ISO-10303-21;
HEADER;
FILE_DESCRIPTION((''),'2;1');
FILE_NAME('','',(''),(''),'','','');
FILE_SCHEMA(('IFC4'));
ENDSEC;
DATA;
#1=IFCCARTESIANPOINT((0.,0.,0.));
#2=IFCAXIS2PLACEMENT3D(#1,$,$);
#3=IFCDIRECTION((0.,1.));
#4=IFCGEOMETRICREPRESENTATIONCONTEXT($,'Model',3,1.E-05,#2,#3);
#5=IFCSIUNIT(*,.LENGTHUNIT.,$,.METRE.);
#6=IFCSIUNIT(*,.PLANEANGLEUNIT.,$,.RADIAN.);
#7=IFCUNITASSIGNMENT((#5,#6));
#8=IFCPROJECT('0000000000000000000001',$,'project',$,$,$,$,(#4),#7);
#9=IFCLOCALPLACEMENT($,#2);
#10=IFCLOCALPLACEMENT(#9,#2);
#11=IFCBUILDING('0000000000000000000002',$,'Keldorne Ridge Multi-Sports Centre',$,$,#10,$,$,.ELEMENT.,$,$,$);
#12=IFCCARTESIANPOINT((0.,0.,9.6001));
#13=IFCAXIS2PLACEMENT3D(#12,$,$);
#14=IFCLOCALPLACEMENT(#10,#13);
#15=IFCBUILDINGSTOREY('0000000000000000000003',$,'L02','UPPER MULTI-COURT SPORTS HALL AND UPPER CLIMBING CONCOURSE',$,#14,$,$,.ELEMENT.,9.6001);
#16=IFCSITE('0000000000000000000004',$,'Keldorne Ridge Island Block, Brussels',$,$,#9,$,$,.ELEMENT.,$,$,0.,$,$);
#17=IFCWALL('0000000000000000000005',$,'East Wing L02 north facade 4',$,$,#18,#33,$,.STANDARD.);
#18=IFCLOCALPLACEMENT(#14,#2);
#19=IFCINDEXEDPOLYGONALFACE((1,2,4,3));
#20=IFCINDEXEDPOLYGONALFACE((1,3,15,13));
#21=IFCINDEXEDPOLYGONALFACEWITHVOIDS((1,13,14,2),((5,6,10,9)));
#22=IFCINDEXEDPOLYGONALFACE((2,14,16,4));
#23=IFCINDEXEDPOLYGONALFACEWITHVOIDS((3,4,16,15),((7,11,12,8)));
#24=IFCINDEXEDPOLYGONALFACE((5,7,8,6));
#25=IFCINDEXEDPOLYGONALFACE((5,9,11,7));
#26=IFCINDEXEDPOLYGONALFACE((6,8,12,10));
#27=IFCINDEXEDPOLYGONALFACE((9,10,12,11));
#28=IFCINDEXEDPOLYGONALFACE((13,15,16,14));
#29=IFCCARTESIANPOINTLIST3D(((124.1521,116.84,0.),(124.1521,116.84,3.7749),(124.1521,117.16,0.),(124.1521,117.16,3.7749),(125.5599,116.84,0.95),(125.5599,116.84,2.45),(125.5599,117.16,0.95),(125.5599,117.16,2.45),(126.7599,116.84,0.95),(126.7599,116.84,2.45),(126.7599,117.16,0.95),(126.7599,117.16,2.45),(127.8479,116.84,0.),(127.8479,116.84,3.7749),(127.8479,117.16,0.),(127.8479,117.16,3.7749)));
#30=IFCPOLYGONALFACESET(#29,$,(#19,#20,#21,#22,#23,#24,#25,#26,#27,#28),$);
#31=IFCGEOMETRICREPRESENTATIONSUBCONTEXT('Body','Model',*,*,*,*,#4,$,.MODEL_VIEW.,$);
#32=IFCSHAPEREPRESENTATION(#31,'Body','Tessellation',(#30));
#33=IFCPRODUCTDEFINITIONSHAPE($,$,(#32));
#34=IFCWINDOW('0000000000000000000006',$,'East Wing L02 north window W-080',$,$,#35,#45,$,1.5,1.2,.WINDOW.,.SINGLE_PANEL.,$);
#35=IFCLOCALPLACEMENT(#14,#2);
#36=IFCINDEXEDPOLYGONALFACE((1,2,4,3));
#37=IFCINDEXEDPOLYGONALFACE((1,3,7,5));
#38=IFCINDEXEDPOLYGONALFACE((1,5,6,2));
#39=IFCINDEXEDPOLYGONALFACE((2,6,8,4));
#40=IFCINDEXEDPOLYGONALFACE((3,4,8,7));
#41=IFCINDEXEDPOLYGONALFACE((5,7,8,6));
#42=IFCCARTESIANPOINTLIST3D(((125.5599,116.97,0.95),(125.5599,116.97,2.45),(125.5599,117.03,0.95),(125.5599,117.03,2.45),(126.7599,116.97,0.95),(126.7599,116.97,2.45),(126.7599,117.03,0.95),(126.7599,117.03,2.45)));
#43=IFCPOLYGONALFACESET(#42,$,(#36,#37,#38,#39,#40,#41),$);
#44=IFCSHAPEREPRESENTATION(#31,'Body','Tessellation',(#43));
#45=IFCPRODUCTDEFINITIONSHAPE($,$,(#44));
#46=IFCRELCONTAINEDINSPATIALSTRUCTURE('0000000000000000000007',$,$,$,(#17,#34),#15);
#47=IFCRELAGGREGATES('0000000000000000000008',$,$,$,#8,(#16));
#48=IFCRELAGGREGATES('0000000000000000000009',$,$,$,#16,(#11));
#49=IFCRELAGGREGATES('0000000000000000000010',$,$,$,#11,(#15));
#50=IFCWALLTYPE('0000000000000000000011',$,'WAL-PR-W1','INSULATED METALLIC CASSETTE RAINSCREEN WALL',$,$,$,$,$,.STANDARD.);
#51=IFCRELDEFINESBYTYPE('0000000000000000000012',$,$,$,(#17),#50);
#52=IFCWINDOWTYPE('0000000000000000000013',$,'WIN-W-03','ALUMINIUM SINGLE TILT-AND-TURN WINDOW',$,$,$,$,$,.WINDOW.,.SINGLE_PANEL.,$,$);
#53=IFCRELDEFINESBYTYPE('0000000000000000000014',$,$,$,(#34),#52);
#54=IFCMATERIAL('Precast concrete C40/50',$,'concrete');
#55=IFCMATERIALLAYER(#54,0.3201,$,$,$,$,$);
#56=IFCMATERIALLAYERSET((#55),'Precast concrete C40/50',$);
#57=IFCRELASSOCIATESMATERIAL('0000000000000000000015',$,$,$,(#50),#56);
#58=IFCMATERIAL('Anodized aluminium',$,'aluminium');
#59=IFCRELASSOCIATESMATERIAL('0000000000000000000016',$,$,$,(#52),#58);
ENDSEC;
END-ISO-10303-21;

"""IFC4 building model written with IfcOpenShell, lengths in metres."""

from ifc_helpers import new_model, si_unit, direction, frame, frame_2d, origin, place, context, subcontext, project, spatial, rectangle, extrude, material, layer, layer_set, type_object, element, fill, save


model = new_model("IFC4")

# Units and contexts
model_context = context("Model", 3, precision=1e-05, world=origin(), true_north=direction((0.0, 1.0)))
body_context = subcontext(model_context, "Body", "Model", "MODEL_VIEW")
ifc_project = project(units=[si_unit("LENGTHUNIT", "METRE"), si_unit("PLANEANGLEUNIT", "RADIAN")], contexts=[model_context])

# Site, building, storey
site_placement = place(None, origin())
site = spatial("IfcSite", under=ifc_project, at=site_placement, Name="Keldorne Ridge Island Block, Brussels", CompositionType="ELEMENT", RefElevation=0.0)
building_placement = place(site_placement, origin())
building = spatial("IfcBuilding", under=site, at=building_placement, Name="Keldorne Ridge Multi-Sports Centre", CompositionType="ELEMENT")
storey_placement = place(building_placement, frame((0.0, 0.0, 9.6001)))
storey = spatial("IfcBuildingStorey", under=building, at=storey_placement, Name="L02", Description="UPPER MULTI-COURT SPORTS HALL AND UPPER CLIMBING CONCOURSE", CompositionType="ELEMENT", Elevation=9.6001)

# Shared definitions
ifc_material_1 = material(Name="Anodized aluminium", Category="aluminium")

# Wall, opening, window
ifc_material_2 = material(Name="Precast concrete C40/50", Category="concrete")
ifc_layer_1 = layer(ifc_material_2, 0.3201)
ifc_layer_set_1 = layer_set([ifc_layer_1], Name="Precast concrete C40/50")
wall_type = type_object("IfcWallType", Name="WAL-PR-W1", Description="INSULATED METALLIC CASSETTE RAINSCREEN WALL", PredefinedType="STANDARD", material=ifc_layer_set_1)
wall_1_placement = place(storey_placement, frame((127.8479, 117.0, 0.0), z_axis=(0.0, 0.0, 1.0), x_axis=(-1.0, 0.0, 0.0)))
wall_1 = element("IfcWall", 1, at=wall_1_placement, inside=storey, type_object=wall_type, Name="East Wing L02 north facade 4", PredefinedType="STANDARD", context=body_context, shape_type="SweptSolid", body=[
    extrude(rectangle(XDim=3.6958, YDim=0.3201, at=frame_2d((1.8479, 0.0))), origin(), (0.0, 0.0, 1.0), 3.7749),
])
opening_1_placement = place(wall_1_placement, frame((1.0879, 0.0, 0.95)))
opening_1 = element("IfcOpeningElement", 2, at=opening_1_placement, cuts=wall_1, PredefinedType="OPENING", context=body_context, shape_type="SweptSolid", body=[
    extrude(rectangle(XDim=1.2, YDim=1.5, at=frame_2d((0.6001, 0.75))), frame((0.0, 0.1699, 0.0), z_axis=(0.0, -1.0, 0.0), x_axis=(1.0, 0.0, 0.0)), (0.0, 0.0, 1.0), 0.3401),
])
window_type_1 = type_object("IfcWindowType", Name="WIN-W-03", Description="ALUMINIUM SINGLE TILT-AND-TURN WINDOW", PartitioningType="SINGLE_PANEL", PredefinedType="WINDOW", material=ifc_material_1)
window_1_placement = place(opening_1_placement, origin())
window_1 = element("IfcWindow", 3, at=window_1_placement, inside=storey, type_object=window_type_1, Name="East Wing L02 north window W-080", OverallHeight=1.5, OverallWidth=1.2, PartitioningType="SINGLE_PANEL", PredefinedType="WINDOW", context=body_context, shape_type="SweptSolid", body=[
    extrude(rectangle(XDim=1.2, YDim=1.5, at=frame_2d((0.6001, 0.75))), frame((0.0, 0.03, 0.0), z_axis=(0.0, -1.0, 0.0), x_axis=(1.0, 0.0, 0.0)), (0.0, 0.0, 1.0), 0.0601),
])
fill(opening_1, window_1)

save(model, "model.ifc")
